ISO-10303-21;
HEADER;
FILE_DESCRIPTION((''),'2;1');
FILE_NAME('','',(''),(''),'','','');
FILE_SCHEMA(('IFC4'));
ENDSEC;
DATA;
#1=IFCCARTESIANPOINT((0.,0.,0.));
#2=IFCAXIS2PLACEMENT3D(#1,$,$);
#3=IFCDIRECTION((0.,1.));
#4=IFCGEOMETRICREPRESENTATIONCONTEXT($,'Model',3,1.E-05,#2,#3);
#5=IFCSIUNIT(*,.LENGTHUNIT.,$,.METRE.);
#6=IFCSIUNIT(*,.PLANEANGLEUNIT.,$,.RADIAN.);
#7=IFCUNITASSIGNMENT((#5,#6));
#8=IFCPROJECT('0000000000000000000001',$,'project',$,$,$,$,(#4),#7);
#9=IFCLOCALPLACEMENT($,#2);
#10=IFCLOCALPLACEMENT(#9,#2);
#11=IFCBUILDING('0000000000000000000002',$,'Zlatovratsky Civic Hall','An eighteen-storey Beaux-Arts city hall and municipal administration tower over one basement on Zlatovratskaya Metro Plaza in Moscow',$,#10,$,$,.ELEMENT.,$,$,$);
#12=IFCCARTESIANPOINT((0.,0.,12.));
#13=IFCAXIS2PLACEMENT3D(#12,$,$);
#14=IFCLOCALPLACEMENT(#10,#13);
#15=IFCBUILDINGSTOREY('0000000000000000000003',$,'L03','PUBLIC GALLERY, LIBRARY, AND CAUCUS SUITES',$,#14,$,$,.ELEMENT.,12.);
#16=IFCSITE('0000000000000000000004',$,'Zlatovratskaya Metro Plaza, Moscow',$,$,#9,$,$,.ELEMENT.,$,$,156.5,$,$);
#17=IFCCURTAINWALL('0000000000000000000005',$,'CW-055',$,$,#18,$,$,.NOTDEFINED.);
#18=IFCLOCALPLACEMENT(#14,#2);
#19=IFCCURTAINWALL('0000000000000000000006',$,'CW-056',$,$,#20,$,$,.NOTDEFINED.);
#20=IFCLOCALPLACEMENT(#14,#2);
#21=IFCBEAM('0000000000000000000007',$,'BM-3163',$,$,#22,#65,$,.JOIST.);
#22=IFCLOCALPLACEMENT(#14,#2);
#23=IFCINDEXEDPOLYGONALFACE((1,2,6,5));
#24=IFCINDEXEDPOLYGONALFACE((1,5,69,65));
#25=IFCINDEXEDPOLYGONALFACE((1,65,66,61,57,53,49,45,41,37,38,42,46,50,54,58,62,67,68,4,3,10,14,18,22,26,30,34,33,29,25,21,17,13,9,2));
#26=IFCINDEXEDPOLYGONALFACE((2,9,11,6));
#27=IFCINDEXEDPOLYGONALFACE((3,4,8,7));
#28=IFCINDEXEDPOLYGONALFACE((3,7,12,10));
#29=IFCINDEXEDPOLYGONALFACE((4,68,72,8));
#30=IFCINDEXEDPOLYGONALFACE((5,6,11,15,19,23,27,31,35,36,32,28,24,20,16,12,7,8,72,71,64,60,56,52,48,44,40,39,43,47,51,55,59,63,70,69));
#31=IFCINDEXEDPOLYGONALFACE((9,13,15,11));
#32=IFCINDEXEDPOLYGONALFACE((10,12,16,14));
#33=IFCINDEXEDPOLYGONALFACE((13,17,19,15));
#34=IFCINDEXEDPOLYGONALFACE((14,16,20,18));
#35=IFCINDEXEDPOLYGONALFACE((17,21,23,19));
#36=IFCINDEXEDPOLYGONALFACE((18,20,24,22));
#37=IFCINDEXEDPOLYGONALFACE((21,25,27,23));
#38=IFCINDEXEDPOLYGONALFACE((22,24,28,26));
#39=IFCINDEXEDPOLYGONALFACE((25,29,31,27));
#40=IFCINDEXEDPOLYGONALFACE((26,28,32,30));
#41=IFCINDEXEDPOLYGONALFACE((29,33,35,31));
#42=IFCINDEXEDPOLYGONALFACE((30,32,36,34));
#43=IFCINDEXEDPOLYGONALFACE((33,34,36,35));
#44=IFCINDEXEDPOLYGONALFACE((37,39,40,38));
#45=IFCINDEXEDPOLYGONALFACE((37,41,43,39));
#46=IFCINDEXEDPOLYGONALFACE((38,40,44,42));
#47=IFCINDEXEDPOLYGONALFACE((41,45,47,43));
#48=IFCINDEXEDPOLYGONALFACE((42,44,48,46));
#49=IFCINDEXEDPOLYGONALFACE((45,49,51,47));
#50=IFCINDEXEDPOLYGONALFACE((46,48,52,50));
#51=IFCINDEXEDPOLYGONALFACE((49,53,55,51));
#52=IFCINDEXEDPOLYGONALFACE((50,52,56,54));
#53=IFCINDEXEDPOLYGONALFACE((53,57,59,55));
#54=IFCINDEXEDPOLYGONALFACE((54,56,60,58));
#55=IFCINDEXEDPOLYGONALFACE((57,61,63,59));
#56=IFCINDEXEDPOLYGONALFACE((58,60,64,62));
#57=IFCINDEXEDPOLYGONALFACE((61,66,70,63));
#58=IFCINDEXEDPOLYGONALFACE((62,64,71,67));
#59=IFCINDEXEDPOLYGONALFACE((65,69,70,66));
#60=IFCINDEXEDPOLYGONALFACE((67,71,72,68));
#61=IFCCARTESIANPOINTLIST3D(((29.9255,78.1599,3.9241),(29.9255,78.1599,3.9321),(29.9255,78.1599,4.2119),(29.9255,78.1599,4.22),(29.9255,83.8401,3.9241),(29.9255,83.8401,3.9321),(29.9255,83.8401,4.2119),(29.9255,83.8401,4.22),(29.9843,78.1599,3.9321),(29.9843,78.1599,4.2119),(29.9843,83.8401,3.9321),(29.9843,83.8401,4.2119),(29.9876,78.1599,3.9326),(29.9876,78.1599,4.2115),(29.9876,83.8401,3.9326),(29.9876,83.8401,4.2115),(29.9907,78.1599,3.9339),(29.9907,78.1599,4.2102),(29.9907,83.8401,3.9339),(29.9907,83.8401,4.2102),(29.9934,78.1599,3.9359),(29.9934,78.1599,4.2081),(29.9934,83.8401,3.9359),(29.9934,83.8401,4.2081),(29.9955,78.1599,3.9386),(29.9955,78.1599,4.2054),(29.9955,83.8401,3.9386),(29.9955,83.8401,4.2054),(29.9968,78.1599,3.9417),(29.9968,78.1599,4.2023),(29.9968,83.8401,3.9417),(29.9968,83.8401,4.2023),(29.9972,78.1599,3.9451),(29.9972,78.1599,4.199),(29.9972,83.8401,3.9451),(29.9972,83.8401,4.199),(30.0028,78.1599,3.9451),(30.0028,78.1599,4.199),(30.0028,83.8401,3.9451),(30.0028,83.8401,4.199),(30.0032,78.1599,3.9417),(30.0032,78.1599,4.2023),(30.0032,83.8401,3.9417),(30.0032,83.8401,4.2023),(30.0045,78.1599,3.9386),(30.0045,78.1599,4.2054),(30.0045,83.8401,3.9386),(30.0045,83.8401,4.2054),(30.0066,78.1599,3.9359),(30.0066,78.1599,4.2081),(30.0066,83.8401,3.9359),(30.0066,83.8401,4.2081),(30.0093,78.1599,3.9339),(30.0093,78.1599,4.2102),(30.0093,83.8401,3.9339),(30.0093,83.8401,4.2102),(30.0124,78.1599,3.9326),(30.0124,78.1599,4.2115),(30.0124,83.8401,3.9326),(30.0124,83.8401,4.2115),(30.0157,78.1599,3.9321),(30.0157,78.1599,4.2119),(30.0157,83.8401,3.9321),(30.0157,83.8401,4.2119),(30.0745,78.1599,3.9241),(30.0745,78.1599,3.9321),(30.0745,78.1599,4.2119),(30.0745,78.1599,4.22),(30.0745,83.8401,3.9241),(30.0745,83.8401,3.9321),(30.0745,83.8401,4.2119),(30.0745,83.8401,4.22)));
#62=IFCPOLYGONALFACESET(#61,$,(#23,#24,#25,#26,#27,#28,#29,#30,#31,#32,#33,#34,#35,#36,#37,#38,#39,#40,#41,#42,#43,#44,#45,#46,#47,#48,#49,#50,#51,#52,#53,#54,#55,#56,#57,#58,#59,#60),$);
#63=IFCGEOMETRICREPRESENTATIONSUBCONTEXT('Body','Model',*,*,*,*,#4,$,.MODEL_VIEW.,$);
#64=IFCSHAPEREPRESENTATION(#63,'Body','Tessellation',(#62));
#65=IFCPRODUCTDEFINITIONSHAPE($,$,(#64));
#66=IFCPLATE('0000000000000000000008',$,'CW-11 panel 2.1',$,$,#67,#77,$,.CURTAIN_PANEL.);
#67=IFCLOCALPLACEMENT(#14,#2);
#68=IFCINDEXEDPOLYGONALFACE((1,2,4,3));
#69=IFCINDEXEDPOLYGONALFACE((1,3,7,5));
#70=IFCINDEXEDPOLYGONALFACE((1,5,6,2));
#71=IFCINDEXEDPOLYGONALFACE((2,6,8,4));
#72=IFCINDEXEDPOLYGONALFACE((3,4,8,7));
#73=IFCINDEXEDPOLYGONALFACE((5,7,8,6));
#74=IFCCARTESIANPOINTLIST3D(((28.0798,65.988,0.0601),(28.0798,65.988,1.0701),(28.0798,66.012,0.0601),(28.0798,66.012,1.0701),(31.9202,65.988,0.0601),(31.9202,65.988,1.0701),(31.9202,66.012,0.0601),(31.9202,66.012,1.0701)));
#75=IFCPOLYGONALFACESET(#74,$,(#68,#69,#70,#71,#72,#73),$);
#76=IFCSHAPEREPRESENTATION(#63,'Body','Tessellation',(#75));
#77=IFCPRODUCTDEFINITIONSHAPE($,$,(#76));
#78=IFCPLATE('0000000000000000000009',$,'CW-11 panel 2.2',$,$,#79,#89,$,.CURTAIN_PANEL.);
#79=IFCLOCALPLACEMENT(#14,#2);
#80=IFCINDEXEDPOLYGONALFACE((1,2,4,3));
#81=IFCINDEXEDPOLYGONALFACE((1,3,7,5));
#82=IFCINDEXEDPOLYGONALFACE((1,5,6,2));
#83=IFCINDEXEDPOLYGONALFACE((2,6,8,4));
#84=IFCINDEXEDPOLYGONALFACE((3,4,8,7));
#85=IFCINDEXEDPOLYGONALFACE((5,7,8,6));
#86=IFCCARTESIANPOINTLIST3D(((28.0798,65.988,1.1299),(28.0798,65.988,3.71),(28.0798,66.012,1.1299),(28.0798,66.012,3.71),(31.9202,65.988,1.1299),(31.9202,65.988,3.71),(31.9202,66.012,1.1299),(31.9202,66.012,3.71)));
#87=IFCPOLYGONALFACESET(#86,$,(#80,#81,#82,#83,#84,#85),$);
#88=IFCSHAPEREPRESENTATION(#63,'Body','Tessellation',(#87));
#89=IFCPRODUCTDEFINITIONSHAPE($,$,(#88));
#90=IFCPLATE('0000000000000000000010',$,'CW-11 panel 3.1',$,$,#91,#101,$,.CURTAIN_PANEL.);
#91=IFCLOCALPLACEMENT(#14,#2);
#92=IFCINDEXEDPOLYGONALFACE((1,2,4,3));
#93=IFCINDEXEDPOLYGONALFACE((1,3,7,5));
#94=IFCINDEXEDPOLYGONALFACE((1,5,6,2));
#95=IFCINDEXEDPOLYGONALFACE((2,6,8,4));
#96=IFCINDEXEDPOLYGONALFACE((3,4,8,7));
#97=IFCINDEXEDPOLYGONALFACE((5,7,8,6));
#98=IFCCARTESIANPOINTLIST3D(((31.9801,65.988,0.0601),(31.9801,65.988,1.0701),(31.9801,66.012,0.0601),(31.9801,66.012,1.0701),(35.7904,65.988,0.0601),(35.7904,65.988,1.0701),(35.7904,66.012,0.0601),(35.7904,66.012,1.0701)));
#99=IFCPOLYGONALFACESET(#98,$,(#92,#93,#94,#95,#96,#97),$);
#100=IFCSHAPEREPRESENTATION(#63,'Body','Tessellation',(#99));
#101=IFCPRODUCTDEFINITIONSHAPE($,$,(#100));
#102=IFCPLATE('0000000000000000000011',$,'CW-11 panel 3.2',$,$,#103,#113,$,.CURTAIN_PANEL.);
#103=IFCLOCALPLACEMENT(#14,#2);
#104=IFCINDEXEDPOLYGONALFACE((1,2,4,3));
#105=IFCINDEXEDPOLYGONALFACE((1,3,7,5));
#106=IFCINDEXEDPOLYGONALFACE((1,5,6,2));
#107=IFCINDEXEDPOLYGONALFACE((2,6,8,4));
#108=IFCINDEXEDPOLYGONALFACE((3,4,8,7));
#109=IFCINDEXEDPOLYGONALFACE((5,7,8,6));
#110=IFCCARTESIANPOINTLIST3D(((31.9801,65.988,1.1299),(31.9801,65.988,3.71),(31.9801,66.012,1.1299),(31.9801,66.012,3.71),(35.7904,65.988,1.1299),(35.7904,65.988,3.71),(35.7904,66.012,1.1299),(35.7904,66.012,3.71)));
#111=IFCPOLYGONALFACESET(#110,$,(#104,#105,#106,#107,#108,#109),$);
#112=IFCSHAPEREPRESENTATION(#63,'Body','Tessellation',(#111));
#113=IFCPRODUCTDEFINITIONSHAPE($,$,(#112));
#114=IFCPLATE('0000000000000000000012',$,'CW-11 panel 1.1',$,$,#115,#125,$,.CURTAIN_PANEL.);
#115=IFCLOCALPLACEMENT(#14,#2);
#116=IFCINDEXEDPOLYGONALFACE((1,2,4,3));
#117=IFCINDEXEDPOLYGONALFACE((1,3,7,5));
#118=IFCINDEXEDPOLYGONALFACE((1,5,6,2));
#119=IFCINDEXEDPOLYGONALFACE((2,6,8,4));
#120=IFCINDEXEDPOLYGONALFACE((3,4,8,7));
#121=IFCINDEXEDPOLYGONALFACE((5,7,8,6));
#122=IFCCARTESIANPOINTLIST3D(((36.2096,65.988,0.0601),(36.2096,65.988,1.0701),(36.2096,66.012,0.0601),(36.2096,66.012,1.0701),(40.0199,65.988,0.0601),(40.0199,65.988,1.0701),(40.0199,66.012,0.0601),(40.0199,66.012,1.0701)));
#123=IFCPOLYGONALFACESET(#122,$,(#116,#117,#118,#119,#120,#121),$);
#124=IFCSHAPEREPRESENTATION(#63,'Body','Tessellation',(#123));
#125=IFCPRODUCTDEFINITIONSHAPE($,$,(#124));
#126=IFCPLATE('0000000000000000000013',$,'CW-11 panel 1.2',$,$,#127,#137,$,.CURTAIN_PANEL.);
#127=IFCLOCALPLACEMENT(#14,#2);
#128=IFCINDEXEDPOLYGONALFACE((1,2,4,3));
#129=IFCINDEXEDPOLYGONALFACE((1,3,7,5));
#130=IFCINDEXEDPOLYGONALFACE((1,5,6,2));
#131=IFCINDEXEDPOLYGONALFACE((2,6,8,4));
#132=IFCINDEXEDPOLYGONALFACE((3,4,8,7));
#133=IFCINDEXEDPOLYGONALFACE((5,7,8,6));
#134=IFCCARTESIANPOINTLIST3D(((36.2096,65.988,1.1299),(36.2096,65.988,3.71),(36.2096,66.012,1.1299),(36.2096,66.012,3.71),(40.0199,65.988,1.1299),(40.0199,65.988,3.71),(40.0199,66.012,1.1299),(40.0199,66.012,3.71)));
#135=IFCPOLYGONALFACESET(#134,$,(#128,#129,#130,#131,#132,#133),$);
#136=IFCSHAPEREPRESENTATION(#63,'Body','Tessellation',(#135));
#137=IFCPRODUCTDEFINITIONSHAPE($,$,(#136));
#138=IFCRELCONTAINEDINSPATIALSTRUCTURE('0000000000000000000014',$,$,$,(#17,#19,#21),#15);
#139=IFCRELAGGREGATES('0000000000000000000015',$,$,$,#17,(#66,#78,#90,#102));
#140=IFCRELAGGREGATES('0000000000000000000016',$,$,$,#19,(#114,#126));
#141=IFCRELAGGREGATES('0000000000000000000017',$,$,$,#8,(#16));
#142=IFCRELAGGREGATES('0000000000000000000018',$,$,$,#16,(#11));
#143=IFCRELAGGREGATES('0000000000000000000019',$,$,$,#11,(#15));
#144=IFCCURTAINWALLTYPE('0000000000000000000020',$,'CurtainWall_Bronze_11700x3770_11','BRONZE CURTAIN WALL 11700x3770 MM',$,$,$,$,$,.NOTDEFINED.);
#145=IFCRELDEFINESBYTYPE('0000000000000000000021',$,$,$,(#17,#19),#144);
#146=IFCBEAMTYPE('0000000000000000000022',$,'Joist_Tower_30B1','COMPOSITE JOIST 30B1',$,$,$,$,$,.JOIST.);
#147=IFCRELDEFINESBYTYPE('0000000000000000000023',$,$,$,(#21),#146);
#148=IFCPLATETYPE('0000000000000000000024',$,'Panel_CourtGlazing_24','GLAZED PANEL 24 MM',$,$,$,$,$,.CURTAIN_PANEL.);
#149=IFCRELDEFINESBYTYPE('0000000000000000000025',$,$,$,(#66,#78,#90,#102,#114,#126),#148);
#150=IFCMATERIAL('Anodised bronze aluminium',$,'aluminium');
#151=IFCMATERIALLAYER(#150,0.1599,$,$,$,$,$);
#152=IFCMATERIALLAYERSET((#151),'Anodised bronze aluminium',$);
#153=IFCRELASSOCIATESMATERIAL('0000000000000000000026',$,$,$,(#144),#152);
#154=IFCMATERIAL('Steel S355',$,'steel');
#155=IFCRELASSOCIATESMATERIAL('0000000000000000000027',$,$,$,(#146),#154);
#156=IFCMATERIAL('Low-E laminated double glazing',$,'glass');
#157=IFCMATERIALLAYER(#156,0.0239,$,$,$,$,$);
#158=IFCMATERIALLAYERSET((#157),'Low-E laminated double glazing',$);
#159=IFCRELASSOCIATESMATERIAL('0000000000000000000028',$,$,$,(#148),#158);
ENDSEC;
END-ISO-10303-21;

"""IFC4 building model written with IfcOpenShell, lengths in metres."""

from ifc_helpers import new_model, si_unit, direction, frame, origin, origin_2d, place, context, subcontext, project, spatial, rectangle, i_section, extrude, material, layer, layer_set, material_profile, profile_set, type_object, element, aggregate, save


model = new_model("IFC4")

# Units and contexts
model_context = context("Model", 3, precision=1e-05, world=origin(), true_north=direction((0.0, 1.0)))
body_context = subcontext(model_context, "Body", "Model", "MODEL_VIEW")
ifc_project = project(units=[si_unit("LENGTHUNIT", "METRE"), si_unit("PLANEANGLEUNIT", "RADIAN")], contexts=[model_context])

# Site, building, storey
site_placement = place(None, origin())
site = spatial("IfcSite", under=ifc_project, at=site_placement, Name="Zlatovratskaya Metro Plaza, Moscow", CompositionType="ELEMENT", RefElevation=156.5)
building_placement = place(site_placement, origin())
building = spatial("IfcBuilding", under=site, at=building_placement, Name="Zlatovratsky Civic Hall", Description="An eighteen-storey Beaux-Arts city hall and municipal administration tower over one basement on Zlatovratskaya Metro Plaza in Moscow", CompositionType="ELEMENT")
storey_placement = place(building_placement, frame((0.0, 0.0, 12.0)))
storey = spatial("IfcBuildingStorey", under=building, at=storey_placement, Name="L03", Description="PUBLIC GALLERY, LIBRARY, AND CAUCUS SUITES", CompositionType="ELEMENT", Elevation=12.0)

# Shared definitions
ifc_material_1 = material(Name="Steel S355", Category="steel")

# Curtain walls
ifc_material_2 = material(Name="Anodised bronze aluminium", Category="aluminium")
ifc_layer_1 = layer(ifc_material_2, 0.1599)
ifc_layer_set_1 = layer_set([ifc_layer_1], Name="Anodised bronze aluminium")
curtain_wall_type = type_object("IfcCurtainWallType", Name="CurtainWall_Bronze_11700x3770_11", Description="BRONZE CURTAIN WALL 11700x3770 MM", PredefinedType="NOTDEFINED", material=ifc_layer_set_1)
curtain_wall_1_placement = place(storey_placement, origin())
curtain_wall_1 = element("IfcCurtainWall", 1, at=curtain_wall_1_placement, inside=storey, type_object=curtain_wall_type, Name="CW-055", PredefinedType="NOTDEFINED")
curtain_wall_2_placement = place(storey_placement, origin())
curtain_wall_2 = element("IfcCurtainWall", 2, at=curtain_wall_2_placement, inside=storey, type_object=curtain_wall_type, Name="CW-056", PredefinedType="NOTDEFINED")

# Beam
ifc_material_profile_1 = material_profile(ifc_material_1, i_section(OverallWidth=0.1489, OverallDepth=0.2959, WebThickness=0.0056, FlangeThickness=0.0081, FilletRadius=0.0129, at=origin_2d()), Name="30B1")
ifc_profile_set_1 = profile_set([ifc_material_profile_1], Name="Steel S355")
beam_type_1 = type_object("IfcBeamType", Name="Joist_Tower_30B1", Description="COMPOSITE JOIST 30B1", PredefinedType="JOIST", material=ifc_profile_set_1)
for number, where, z_axis, x_axis, name in (
    (3, (30.0, 78.1599, 4.072), (0.0, 1.0, 0.0), (-1.0, 0.0, 0.0), "BM-3163"),
):
    element("IfcBeam", number, at=place(storey_placement, frame(where, z_axis=z_axis, x_axis=x_axis)), inside=storey, type_object=beam_type_1, Name=name, PredefinedType="JOIST", context=body_context, shape_type="SweptSolid", body=[
        extrude(i_section(OverallWidth=0.1489, OverallDepth=0.2959, WebThickness=0.0056, FlangeThickness=0.0081, FilletRadius=0.0129, at=origin_2d()), origin(), (0.0, 0.0, 1.0), 5.6802),
    ])

# Plates
ifc_material_3 = material(Name="Low-E laminated double glazing", Category="glass")
ifc_layer_2 = layer(ifc_material_3, 0.0239)
ifc_layer_set_2 = layer_set([ifc_layer_2], Name="Low-E laminated double glazing")
plate_type = type_object("IfcPlateType", Name="Panel_CourtGlazing_24", Description="GLAZED PANEL 24 MM", PredefinedType="CURTAIN_PANEL", material=ifc_layer_set_2)
plate_1_placement = place(storey_placement, frame((30.0, 66.0, 0.0601), z_axis=(0.0, 0.0, 1.0), x_axis=(1.0, 0.0, 0.0)))
plate_1 = element("IfcPlate", 4, at=plate_1_placement, type_object=plate_type, Name="CW-11 panel 2.1", PredefinedType="CURTAIN_PANEL", context=body_context, shape_type="SweptSolid", body=[
    extrude(rectangle(XDim=3.8403, YDim=0.0239, at=origin_2d()), origin(), (0.0, 0.0, 1.0), 1.01),
])
plate_2_placement = place(storey_placement, frame((30.0, 66.0, 1.1299), z_axis=(0.0, 0.0, 1.0), x_axis=(1.0, 0.0, 0.0)))
plate_2 = element("IfcPlate", 5, at=plate_2_placement, type_object=plate_type, Name="CW-11 panel 2.2", PredefinedType="CURTAIN_PANEL", context=body_context, shape_type="SweptSolid", body=[
    extrude(rectangle(XDim=3.8403, YDim=0.0239, at=origin_2d()), origin(), (0.0, 0.0, 1.0), 2.5801),
])
plate_3_placement = place(storey_placement, frame((33.8853, 66.0, 0.0601), z_axis=(0.0, 0.0, 1.0), x_axis=(1.0, 0.0, 0.0)))
plate_3 = element("IfcPlate", 6, at=plate_3_placement, type_object=plate_type, Name="CW-11 panel 3.1", PredefinedType="CURTAIN_PANEL", context=body_context, shape_type="SweptSolid", body=[
    extrude(rectangle(XDim=3.8103, YDim=0.0239, at=origin_2d()), origin(), (0.0, 0.0, 1.0), 1.01),
])
plate_4_placement = place(storey_placement, frame((33.8853, 66.0, 1.1299), z_axis=(0.0, 0.0, 1.0), x_axis=(1.0, 0.0, 0.0)))
plate_4 = element("IfcPlate", 7, at=plate_4_placement, type_object=plate_type, Name="CW-11 panel 3.2", PredefinedType="CURTAIN_PANEL", context=body_context, shape_type="SweptSolid", body=[
    extrude(rectangle(XDim=3.8103, YDim=0.0239, at=origin_2d()), origin(), (0.0, 0.0, 1.0), 2.5801),
])
aggregate(curtain_wall_1, [plate_1, plate_2, plate_3, plate_4])
plate_5_placement = place(storey_placement, frame((38.1147, 66.0, 0.0601), z_axis=(0.0, 0.0, 1.0), x_axis=(1.0, 0.0, 0.0)))
plate_5 = element("IfcPlate", 8, at=plate_5_placement, type_object=plate_type, Name="CW-11 panel 1.1", PredefinedType="CURTAIN_PANEL", context=body_context, shape_type="SweptSolid", body=[
    extrude(rectangle(XDim=3.8103, YDim=0.0239, at=origin_2d()), origin(), (0.0, 0.0, 1.0), 1.01),
])
plate_6_placement = place(storey_placement, frame((38.1147, 66.0, 1.1299), z_axis=(0.0, 0.0, 1.0), x_axis=(1.0, 0.0, 0.0)))
plate_6 = element("IfcPlate", 9, at=plate_6_placement, type_object=plate_type, Name="CW-11 panel 1.2", PredefinedType="CURTAIN_PANEL", context=body_context, shape_type="SweptSolid", body=[
    extrude(rectangle(XDim=3.8103, YDim=0.0239, at=origin_2d()), origin(), (0.0, 0.0, 1.0), 2.5801),
])
aggregate(curtain_wall_2, [plate_5, plate_6])

save(model, "model.ifc")
